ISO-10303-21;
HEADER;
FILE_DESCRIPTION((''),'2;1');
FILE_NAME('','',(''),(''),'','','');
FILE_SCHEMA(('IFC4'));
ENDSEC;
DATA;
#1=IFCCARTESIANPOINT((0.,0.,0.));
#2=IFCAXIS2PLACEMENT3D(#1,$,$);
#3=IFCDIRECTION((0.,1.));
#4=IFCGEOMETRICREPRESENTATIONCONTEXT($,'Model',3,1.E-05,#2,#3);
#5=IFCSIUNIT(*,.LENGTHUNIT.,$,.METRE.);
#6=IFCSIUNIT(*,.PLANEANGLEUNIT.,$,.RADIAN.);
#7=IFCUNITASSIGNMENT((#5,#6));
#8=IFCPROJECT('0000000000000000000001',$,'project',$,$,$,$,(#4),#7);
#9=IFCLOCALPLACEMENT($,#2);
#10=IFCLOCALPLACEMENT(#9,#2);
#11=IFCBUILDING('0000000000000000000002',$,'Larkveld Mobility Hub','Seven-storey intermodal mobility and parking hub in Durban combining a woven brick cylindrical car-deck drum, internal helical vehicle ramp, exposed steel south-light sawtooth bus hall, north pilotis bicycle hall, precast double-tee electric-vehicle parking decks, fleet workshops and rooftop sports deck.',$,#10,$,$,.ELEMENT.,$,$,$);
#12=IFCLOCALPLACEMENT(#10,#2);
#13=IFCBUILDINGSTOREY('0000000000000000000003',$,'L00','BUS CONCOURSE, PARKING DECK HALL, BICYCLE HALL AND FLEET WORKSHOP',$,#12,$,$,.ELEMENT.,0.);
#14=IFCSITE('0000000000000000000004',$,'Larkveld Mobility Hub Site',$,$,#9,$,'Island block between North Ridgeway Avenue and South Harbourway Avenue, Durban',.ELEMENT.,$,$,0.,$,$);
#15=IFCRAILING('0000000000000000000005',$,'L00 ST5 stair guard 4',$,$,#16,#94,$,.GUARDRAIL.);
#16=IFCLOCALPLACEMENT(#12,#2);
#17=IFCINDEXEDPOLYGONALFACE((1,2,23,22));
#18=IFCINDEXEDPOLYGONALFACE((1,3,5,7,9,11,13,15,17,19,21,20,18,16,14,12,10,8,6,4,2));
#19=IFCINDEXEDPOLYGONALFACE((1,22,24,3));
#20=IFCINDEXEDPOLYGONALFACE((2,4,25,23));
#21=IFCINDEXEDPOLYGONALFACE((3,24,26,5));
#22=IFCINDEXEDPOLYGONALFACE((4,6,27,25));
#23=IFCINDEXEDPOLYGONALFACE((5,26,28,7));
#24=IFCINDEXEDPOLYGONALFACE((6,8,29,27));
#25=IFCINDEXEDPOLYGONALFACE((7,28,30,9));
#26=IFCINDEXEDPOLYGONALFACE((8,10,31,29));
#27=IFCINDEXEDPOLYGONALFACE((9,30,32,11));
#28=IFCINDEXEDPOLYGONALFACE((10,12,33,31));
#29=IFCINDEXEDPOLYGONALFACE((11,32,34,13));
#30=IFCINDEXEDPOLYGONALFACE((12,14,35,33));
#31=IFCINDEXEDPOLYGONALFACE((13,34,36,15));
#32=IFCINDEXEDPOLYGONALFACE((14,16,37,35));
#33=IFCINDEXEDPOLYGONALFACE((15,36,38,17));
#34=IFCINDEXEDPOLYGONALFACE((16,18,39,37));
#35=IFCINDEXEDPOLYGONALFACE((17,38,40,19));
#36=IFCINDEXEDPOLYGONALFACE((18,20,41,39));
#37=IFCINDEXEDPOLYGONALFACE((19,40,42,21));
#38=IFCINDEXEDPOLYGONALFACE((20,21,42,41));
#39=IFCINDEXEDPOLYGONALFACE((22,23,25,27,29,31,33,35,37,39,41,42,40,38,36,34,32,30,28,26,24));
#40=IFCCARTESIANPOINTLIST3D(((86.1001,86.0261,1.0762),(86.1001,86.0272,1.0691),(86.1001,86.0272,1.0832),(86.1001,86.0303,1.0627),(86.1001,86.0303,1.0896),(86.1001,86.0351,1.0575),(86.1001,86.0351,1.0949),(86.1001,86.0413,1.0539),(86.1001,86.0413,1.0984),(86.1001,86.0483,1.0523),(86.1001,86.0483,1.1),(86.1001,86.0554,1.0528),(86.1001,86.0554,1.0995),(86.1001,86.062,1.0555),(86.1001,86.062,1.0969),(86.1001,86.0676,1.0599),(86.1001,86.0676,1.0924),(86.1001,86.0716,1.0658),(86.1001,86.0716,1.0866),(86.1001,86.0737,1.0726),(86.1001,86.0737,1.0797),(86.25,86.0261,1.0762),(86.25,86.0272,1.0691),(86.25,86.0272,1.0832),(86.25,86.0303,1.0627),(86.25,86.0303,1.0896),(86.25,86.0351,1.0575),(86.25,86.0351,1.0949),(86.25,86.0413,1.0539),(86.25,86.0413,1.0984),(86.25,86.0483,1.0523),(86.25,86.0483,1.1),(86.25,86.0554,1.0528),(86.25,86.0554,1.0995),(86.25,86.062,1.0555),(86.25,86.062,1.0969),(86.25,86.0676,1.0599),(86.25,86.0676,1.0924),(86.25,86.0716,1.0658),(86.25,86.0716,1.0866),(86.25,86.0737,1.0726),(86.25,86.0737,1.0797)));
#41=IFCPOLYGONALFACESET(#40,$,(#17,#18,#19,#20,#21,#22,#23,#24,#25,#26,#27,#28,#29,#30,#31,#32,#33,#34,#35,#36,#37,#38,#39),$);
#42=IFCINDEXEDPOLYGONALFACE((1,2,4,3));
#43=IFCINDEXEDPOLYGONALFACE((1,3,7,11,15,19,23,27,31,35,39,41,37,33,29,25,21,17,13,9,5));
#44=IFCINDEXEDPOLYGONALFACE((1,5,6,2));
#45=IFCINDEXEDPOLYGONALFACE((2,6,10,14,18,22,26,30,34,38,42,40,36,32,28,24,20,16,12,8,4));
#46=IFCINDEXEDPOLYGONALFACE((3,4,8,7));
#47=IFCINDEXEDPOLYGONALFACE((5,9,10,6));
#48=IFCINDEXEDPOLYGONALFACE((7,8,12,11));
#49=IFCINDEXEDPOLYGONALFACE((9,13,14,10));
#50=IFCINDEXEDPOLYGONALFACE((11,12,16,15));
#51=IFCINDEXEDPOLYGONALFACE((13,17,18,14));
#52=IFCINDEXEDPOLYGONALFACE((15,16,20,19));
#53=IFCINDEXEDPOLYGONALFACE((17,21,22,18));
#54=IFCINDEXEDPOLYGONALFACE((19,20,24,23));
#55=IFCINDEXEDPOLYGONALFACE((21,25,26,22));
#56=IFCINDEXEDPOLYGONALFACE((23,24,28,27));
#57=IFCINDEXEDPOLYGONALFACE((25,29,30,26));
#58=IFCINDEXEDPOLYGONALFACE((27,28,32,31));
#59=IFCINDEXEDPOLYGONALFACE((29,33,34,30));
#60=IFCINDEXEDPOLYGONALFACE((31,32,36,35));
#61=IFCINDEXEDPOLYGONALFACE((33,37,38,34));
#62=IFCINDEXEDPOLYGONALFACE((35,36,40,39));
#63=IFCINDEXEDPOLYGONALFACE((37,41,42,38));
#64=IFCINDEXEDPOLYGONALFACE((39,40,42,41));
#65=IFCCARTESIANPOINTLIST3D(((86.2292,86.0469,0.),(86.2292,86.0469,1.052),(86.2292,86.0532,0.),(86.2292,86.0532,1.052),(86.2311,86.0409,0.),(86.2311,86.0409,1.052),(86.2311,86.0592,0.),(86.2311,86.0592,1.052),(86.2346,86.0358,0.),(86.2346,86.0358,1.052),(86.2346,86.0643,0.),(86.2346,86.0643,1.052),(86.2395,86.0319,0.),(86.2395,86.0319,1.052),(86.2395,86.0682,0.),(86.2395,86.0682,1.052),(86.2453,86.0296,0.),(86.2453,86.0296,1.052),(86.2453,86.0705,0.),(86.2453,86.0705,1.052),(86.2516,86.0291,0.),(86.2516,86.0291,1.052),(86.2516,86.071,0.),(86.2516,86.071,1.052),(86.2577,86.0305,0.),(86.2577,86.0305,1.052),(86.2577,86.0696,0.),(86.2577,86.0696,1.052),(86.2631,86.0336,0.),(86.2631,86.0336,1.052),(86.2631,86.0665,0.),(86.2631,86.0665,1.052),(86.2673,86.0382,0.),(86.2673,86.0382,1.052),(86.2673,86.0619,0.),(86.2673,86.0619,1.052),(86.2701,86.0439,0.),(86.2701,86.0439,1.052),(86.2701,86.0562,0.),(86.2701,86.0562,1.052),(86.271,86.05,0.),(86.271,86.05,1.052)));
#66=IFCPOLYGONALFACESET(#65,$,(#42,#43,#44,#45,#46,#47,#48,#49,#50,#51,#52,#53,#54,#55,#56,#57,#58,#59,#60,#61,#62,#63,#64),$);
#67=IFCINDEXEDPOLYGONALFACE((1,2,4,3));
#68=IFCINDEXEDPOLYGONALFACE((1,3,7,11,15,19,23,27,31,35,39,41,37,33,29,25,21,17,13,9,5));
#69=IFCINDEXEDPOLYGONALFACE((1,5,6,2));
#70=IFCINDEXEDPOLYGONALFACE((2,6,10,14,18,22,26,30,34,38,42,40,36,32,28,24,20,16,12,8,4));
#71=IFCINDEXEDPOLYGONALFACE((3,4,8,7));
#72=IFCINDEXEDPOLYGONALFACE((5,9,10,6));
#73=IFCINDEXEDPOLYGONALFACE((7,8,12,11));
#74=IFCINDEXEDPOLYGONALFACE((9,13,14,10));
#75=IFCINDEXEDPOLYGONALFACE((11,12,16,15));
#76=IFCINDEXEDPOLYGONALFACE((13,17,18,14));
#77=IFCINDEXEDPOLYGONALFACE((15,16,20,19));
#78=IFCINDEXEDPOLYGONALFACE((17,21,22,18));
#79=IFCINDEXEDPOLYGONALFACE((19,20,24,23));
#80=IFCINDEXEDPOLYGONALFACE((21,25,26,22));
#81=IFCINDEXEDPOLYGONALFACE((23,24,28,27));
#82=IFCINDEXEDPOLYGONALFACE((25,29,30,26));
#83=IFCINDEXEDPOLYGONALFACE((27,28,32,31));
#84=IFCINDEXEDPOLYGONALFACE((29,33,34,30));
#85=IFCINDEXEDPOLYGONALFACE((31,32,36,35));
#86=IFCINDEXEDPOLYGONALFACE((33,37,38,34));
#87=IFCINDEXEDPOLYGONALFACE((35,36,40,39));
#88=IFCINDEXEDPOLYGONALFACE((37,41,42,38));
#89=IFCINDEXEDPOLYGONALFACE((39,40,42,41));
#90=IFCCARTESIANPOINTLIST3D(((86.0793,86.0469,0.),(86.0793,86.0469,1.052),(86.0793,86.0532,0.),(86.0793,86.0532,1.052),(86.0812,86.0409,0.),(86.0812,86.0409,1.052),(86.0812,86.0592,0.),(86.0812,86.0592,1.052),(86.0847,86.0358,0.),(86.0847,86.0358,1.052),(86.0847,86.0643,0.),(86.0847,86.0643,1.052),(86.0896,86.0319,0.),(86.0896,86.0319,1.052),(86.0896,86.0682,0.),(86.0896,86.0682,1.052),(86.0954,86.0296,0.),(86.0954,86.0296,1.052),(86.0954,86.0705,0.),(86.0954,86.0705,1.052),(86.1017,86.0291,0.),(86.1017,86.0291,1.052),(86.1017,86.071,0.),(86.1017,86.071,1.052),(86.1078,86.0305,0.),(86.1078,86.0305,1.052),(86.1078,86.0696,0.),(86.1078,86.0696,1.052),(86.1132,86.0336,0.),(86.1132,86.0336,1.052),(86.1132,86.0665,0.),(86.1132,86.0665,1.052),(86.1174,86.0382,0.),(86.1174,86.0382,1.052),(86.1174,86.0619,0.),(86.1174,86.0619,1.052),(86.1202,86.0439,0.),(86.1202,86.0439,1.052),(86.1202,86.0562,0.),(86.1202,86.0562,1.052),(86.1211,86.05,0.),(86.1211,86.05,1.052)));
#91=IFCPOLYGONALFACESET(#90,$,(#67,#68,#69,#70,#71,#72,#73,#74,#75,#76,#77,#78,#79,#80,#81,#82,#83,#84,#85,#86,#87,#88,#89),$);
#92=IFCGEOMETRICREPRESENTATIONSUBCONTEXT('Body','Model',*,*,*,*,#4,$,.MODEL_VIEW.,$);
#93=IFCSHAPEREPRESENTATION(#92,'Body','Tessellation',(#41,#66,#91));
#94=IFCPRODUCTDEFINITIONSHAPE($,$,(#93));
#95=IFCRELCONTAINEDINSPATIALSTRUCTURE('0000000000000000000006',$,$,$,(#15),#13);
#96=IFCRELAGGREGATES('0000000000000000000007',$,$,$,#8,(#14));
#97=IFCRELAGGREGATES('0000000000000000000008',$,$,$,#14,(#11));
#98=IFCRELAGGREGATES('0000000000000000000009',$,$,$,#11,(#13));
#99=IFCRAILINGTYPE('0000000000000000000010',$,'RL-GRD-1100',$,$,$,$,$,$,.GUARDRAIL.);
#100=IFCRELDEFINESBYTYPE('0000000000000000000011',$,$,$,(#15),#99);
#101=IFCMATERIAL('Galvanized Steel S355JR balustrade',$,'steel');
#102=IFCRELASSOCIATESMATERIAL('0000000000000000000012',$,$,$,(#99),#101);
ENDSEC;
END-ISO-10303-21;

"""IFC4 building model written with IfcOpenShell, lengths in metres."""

from ifc_helpers import new_model, si_unit, direction, frame, origin, origin_2d, place, context, subcontext, project, spatial, circle, extrude, material, type_object, element, save


model = new_model("IFC4")

# Units and contexts
model_context = context("Model", 3, precision=1e-05, world=origin(), true_north=direction((0.0, 1.0)))
body_context = subcontext(model_context, "Body", "Model", "MODEL_VIEW")
ifc_project = project(units=[si_unit("LENGTHUNIT", "METRE"), si_unit("PLANEANGLEUNIT", "RADIAN")], contexts=[model_context])

# Site, building, storey
site_placement = place(None, origin())
site = spatial("IfcSite", under=ifc_project, at=site_placement, Name="Larkveld Mobility Hub Site", LongName="Island block between North Ridgeway Avenue and South Harbourway Avenue, Durban", CompositionType="ELEMENT", RefElevation=0.0)
building_placement = place(site_placement, origin())
building = spatial("IfcBuilding", under=site, at=building_placement, Name="Larkveld Mobility Hub", Description="Seven-storey intermodal mobility and parking hub in Durban combining a woven brick cylindrical car-deck drum, internal helical vehicle ramp, exposed steel south-light sawtooth bus hall, north pilotis bicycle hall, precast double-tee electric-vehicle parking decks, fleet workshops and rooftop sports deck.", CompositionType="ELEMENT")
storey_placement = place(building_placement, origin())
storey = spatial("IfcBuildingStorey", under=building, at=storey_placement, Name="L00", Description="BUS CONCOURSE, PARKING DECK HALL, BICYCLE HALL AND FLEET WORKSHOP", CompositionType="ELEMENT", Elevation=0.0)

# Railing
ifc_material_1 = material(Name="Galvanized Steel S355JR balustrade", Category="steel")
railing_type_1 = type_object("IfcRailingType", Name="RL-GRD-1100", PredefinedType="GUARDRAIL", material=ifc_material_1)
railing_1_placement = place(storey_placement, frame((86.25, 86.05, 0.0)))
element("IfcRailing", 1, at=railing_1_placement, inside=storey, type_object=railing_type_1, Name="L00 ST5 stair guard 4", PredefinedType="GUARDRAIL", context=body_context, shape_type="SweptSolid", body=[
    extrude(circle(Radius=0.0239, at=origin_2d()), frame((0.0, 0.0, 1.0762), z_axis=(-1.0, 0.0, 0.0), x_axis=(0.0, -1.0, 0.0)), (0.0, 0.0, 1.0), 0.1499),
    extrude(circle(Radius=0.021, at=origin_2d()), origin(), (0.0, 0.0, 1.0), 1.052),
    extrude(circle(Radius=0.021, at=origin_2d()), frame((-0.1499, 0.0, 0.0)), (0.0, 0.0, 1.0), 1.052),
])

save(model, "model.ifc")
